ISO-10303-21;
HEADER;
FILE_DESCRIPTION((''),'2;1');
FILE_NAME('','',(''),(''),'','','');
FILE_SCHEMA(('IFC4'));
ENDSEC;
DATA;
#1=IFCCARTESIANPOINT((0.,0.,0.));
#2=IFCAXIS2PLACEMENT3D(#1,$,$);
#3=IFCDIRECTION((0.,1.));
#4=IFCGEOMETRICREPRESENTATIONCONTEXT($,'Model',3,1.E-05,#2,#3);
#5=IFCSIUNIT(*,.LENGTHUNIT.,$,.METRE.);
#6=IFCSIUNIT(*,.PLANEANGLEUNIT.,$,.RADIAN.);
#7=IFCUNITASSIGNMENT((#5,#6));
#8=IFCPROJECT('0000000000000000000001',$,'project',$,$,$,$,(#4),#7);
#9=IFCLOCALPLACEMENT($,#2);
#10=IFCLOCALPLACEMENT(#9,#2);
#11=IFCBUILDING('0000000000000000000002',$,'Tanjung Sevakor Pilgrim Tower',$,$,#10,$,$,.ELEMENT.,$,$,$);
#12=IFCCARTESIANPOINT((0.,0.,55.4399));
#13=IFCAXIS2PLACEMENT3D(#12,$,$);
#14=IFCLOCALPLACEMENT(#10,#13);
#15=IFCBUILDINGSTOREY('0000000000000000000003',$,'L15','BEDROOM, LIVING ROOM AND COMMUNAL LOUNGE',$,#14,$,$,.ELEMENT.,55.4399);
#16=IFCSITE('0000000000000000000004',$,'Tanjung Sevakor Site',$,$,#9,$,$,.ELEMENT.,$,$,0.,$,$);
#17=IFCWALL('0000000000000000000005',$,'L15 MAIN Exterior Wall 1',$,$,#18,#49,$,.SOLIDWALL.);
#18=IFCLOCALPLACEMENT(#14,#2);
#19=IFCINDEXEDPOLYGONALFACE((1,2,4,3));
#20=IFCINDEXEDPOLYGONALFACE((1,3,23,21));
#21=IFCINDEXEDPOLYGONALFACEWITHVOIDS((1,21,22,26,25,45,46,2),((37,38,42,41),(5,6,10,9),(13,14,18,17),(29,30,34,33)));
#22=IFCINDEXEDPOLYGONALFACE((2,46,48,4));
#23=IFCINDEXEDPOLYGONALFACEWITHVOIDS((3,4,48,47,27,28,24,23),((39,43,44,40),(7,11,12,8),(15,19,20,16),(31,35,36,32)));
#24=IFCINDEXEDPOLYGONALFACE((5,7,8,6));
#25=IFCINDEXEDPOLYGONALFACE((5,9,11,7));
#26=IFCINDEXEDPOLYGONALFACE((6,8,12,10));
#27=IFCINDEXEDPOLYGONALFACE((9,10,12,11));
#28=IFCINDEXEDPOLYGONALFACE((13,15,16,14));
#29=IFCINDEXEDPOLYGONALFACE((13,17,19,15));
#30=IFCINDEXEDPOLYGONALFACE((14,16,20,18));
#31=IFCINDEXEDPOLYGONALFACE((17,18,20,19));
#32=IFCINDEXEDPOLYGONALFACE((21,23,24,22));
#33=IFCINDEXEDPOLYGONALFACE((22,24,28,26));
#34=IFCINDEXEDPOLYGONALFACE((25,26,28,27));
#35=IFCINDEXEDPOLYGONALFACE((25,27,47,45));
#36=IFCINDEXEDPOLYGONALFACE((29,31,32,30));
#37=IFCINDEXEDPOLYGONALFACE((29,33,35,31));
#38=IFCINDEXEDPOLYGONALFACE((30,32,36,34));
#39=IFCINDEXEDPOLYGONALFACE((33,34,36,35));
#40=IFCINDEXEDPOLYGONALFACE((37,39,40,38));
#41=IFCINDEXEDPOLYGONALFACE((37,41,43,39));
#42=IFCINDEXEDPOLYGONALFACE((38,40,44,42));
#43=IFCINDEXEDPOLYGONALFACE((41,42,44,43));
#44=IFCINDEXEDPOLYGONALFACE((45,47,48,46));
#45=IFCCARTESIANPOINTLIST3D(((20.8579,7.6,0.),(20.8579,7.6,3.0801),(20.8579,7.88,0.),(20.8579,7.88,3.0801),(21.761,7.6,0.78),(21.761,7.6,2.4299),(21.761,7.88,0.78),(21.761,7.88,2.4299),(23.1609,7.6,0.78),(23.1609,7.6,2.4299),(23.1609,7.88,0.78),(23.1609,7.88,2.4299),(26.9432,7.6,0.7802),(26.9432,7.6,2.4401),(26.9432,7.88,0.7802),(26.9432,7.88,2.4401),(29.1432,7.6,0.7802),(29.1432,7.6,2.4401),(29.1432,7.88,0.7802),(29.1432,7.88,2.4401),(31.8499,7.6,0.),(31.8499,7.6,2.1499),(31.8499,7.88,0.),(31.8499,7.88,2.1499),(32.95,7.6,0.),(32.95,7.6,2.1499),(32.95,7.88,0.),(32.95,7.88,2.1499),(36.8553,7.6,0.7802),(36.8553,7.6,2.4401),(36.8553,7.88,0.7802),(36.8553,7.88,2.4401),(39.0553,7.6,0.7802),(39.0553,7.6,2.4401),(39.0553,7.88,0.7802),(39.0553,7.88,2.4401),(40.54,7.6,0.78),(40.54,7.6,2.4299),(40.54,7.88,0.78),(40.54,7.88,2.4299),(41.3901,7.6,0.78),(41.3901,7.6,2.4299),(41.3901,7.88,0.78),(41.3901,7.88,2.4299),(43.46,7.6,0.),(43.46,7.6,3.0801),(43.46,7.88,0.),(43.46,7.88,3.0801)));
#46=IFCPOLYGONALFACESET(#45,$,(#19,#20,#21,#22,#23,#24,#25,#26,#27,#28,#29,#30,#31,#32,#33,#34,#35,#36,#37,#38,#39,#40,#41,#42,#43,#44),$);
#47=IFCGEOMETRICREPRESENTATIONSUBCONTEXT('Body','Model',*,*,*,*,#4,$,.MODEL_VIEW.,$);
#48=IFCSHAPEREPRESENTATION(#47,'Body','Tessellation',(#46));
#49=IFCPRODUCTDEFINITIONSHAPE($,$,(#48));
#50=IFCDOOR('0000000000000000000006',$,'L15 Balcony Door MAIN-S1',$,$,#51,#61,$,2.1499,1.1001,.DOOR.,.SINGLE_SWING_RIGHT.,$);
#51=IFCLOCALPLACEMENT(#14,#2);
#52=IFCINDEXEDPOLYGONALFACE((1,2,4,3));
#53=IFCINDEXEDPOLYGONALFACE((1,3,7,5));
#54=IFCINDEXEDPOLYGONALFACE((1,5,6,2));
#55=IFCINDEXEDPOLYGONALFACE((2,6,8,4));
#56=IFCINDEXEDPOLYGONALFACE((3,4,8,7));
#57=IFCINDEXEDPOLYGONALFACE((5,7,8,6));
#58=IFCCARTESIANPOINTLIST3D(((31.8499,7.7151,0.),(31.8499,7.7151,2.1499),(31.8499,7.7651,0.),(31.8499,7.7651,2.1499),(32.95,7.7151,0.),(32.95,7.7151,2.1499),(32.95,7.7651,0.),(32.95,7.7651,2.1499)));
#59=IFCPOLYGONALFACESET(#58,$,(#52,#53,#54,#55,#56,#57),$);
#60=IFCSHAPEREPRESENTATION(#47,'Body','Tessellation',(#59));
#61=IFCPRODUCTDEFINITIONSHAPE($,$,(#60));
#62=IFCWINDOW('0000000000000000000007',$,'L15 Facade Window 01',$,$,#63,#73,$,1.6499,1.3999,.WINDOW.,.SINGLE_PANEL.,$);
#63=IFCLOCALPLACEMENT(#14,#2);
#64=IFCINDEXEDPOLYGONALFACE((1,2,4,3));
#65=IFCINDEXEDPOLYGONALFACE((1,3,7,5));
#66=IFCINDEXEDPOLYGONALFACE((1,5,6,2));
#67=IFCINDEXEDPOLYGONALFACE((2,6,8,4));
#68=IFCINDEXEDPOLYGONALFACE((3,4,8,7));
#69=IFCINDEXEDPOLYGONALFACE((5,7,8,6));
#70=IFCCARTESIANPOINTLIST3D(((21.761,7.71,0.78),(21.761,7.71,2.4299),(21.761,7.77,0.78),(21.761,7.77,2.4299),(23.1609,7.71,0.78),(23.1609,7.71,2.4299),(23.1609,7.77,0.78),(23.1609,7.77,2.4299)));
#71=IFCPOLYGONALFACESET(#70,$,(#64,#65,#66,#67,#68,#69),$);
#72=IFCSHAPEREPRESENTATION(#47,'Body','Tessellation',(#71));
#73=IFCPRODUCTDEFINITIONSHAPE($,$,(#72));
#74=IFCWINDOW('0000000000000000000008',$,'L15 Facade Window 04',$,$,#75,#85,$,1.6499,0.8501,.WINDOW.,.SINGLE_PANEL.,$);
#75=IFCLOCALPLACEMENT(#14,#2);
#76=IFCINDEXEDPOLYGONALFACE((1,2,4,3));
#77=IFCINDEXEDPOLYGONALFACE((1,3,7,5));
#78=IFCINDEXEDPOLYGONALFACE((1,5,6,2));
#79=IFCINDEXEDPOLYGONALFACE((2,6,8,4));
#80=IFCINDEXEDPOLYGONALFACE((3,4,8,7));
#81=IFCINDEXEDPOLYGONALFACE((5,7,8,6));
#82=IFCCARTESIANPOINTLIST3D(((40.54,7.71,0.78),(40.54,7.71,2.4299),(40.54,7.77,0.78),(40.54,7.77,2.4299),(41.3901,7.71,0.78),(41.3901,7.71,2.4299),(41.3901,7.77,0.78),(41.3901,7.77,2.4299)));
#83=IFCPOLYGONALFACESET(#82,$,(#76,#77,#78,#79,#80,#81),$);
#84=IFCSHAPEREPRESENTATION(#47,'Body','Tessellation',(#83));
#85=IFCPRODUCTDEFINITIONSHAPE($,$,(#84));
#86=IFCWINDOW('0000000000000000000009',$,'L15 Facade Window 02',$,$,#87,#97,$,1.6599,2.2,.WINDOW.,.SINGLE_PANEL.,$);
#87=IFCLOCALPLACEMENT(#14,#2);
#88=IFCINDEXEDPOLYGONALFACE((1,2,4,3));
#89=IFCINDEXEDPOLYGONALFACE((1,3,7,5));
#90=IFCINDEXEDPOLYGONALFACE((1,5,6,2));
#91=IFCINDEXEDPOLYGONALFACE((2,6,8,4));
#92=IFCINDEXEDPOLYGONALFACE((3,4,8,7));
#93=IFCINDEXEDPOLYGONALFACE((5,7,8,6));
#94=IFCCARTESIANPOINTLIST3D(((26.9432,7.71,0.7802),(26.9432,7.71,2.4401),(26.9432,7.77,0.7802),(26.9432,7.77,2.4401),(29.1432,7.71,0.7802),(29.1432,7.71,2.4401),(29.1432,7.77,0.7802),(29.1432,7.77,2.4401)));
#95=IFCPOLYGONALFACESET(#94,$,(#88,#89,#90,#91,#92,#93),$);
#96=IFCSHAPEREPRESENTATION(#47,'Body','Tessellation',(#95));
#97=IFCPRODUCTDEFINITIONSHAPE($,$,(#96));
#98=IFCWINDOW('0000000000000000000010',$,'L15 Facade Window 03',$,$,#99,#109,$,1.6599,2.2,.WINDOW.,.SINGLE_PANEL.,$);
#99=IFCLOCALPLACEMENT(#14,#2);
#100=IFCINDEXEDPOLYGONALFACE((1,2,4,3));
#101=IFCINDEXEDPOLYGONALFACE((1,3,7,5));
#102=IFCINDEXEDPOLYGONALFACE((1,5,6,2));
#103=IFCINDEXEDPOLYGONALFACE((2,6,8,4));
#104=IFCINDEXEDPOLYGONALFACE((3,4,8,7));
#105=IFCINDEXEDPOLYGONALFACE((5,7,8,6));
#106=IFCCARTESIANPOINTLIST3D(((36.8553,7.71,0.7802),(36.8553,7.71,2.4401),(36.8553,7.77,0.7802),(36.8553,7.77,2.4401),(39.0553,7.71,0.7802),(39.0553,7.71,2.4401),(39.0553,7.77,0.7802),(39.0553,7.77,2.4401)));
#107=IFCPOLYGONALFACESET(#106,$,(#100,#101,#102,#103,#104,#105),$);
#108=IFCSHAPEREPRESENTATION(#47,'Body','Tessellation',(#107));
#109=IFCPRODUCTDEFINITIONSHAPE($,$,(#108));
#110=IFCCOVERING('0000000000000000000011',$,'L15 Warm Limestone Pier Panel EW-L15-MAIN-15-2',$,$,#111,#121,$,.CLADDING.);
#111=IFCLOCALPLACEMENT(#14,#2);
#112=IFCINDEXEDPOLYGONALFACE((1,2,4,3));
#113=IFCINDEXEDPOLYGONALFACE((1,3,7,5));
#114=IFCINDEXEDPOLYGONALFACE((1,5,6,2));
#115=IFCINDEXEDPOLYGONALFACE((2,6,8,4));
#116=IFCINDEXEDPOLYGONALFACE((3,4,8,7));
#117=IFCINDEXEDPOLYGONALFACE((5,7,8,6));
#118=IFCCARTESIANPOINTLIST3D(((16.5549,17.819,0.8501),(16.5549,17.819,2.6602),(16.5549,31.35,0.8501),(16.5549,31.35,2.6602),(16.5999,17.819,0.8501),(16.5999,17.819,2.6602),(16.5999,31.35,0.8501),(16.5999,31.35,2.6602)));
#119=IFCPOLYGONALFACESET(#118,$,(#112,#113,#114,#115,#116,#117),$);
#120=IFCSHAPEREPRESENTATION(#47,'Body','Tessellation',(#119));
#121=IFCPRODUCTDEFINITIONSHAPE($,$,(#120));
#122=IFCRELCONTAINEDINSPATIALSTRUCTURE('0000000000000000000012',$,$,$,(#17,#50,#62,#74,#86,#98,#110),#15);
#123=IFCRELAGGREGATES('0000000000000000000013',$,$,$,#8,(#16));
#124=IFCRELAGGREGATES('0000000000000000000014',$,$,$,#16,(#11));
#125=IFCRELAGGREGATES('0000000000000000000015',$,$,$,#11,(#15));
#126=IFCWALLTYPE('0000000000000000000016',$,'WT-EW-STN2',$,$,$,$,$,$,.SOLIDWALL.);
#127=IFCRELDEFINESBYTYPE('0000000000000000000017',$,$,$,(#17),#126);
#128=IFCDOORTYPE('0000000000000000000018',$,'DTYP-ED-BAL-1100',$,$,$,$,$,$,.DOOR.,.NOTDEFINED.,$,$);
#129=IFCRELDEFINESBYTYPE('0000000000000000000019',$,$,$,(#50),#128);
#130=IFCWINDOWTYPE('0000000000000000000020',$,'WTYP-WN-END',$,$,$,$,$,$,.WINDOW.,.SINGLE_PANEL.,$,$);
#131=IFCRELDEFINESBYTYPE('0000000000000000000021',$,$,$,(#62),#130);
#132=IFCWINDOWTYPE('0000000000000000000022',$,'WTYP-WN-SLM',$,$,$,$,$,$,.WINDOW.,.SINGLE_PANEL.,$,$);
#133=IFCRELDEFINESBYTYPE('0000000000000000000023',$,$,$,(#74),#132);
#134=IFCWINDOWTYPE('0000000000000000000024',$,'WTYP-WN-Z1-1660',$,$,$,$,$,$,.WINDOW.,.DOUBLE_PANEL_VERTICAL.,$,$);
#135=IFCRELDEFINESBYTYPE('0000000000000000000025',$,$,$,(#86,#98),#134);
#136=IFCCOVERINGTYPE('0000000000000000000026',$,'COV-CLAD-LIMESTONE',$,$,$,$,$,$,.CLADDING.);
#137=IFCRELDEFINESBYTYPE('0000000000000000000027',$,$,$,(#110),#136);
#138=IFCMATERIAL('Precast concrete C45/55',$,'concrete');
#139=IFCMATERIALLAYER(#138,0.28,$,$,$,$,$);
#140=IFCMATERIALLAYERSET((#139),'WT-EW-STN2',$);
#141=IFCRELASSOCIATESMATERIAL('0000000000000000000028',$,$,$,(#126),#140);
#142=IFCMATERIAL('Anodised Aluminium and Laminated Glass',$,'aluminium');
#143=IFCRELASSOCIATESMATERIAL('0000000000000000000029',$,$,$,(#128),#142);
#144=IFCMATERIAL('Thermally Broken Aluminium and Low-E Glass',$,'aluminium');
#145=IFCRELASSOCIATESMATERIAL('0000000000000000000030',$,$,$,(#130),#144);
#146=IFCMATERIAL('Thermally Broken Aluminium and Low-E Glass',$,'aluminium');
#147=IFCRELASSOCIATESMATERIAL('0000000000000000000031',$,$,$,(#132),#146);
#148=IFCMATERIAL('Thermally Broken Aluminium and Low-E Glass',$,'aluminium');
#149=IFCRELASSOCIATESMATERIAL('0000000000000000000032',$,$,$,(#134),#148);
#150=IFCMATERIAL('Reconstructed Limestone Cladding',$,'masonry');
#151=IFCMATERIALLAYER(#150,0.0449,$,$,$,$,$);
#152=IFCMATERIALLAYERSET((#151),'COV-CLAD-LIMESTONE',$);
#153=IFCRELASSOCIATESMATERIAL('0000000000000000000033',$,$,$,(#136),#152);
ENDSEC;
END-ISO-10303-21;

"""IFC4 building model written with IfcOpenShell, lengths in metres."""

from ifc_helpers import new_model, si_unit, direction, frame, frame_2d, origin, origin_2d, place, context, subcontext, project, spatial, rectangle, extrude, material, layer, layer_set, type_object, element, fill, save


model = new_model("IFC4")

# Units and contexts
model_context = context("Model", 3, precision=1e-05, world=origin(), true_north=direction((0.0, 1.0)))
body_context = subcontext(model_context, "Body", "Model", "MODEL_VIEW")
ifc_project = project(units=[si_unit("LENGTHUNIT", "METRE"), si_unit("PLANEANGLEUNIT", "RADIAN")], contexts=[model_context])

# Site, building, storey
site_placement = place(None, origin())
site = spatial("IfcSite", under=ifc_project, at=site_placement, Name="Tanjung Sevakor Site", CompositionType="ELEMENT", RefElevation=0.0)
building_placement = place(site_placement, origin())
building = spatial("IfcBuilding", under=site, at=building_placement, Name="Tanjung Sevakor Pilgrim Tower", CompositionType="ELEMENT")
storey_placement = place(building_placement, frame((0.0, 0.0, 55.4399)))
storey = spatial("IfcBuildingStorey", under=building, at=storey_placement, Name="L15", Description="BEDROOM, LIVING ROOM AND COMMUNAL LOUNGE", CompositionType="ELEMENT", Elevation=55.4399)

# Wall, openings, door, windows
ifc_material_1 = material(Name="Precast concrete C45/55", Category="concrete")
ifc_layer_1 = layer(ifc_material_1, 0.28)
ifc_layer_set_1 = layer_set([ifc_layer_1], Name="WT-EW-STN2")
wall_type_1 = type_object("IfcWallType", Name="WT-EW-STN2", PredefinedType="SOLIDWALL", material=ifc_layer_set_1)
wall_1_placement = place(storey_placement, frame((20.8579, 7.74, 0.0), z_axis=(0.0, 0.0, 1.0), x_axis=(1.0, 0.0, 0.0)))
wall_1 = element("IfcWall", 1, at=wall_1_placement, inside=storey, type_object=wall_type_1, Name="L15 MAIN Exterior Wall 1", PredefinedType="SOLIDWALL", context=body_context, shape_type="SweptSolid", body=[
    extrude(rectangle(XDim=22.6021, YDim=0.28, at=frame_2d((11.301, 0.0))), origin(), (0.0, 0.0, 1.0), 3.0801),
])
opening_1_placement = place(wall_1_placement, frame((10.9919, 0.0, 0.0)))
opening_1 = element("IfcOpeningElement", 2, at=opening_1_placement, cuts=wall_1, PredefinedType="OPENING", context=body_context, shape_type="SweptSolid", body=[
    extrude(rectangle(XDim=1.1001, YDim=2.1499, at=frame_2d((0.55, 1.075))), frame((0.0, 0.1499, 0.0), z_axis=(0.0, -1.0, 0.0), x_axis=(1.0, 0.0, 0.0)), (0.0, 0.0, 1.0), 0.3),
])
opening_2_placement = place(wall_1_placement, frame((0.9031, 0.0, 0.78)))
opening_2 = element("IfcOpeningElement", 3, at=opening_2_placement, cuts=wall_1, PredefinedType="OPENING", context=body_context, shape_type="SweptSolid", body=[
    extrude(rectangle(XDim=1.3999, YDim=1.6499, at=frame_2d((0.7, 0.825))), frame((0.0, 0.1499, 0.0), z_axis=(0.0, -1.0, 0.0), x_axis=(1.0, 0.0, 0.0)), (0.0, 0.0, 1.0), 0.3),
])
opening_3_placement = place(wall_1_placement, frame((6.0852, 0.0, 0.78)))
opening_3 = element("IfcOpeningElement", 4, at=opening_3_placement, cuts=wall_1, PredefinedType="OPENING", context=body_context, shape_type="SweptSolid", body=[
    extrude(rectangle(XDim=2.2, YDim=1.6599, at=frame_2d((1.1001, 0.8301))), frame((0.0, 0.1499, 0.0), z_axis=(0.0, -1.0, 0.0), x_axis=(1.0, 0.0, 0.0)), (0.0, 0.0, 1.0), 0.3),
])
opening_4_placement = place(wall_1_placement, frame((15.9973, 0.0, 0.78)))
opening_4 = element("IfcOpeningElement", 5, at=opening_4_placement, cuts=wall_1, PredefinedType="OPENING", context=body_context, shape_type="SweptSolid", body=[
    extrude(rectangle(XDim=2.2, YDim=1.6599, at=frame_2d((1.1001, 0.8301))), frame((0.0, 0.1499, 0.0), z_axis=(0.0, -1.0, 0.0), x_axis=(1.0, 0.0, 0.0)), (0.0, 0.0, 1.0), 0.3),
])
opening_5_placement = place(wall_1_placement, frame((19.6821, 0.0, 0.78)))
opening_5 = element("IfcOpeningElement", 6, at=opening_5_placement, cuts=wall_1, PredefinedType="OPENING", context=body_context, shape_type="SweptSolid", body=[
    extrude(rectangle(XDim=0.8501, YDim=1.6499, at=frame_2d((0.425, 0.825))), frame((0.0, 0.1499, 0.0), z_axis=(0.0, -1.0, 0.0), x_axis=(1.0, 0.0, 0.0)), (0.0, 0.0, 1.0), 0.3),
])
ifc_material_2 = material(Name="Anodised Aluminium and Laminated Glass", Category="aluminium")
door_type_1 = type_object("IfcDoorType", Name="DTYP-ED-BAL-1100", OperationType="NOTDEFINED", PredefinedType="DOOR", material=ifc_material_2)
door_1_placement = place(opening_1_placement, frame((1.1001, 0.0, 0.0), z_axis=(0.0, 0.0, 1.0), x_axis=(-1.0, 0.0, 0.0)))
door_1 = element("IfcDoor", 7, at=door_1_placement, inside=storey, type_object=door_type_1, Name="L15 Balcony Door MAIN-S1", OperationType="SINGLE_SWING_RIGHT", OverallHeight=2.1499, OverallWidth=1.1001, PredefinedType="DOOR", context=body_context, shape_type="SweptSolid", body=[
    extrude(rectangle(XDim=1.1001, YDim=2.1499, at=frame_2d((0.55, 1.075))), frame((0.0, 0.0249, 0.0), z_axis=(0.0, -1.0, 0.0), x_axis=(1.0, 0.0, 0.0)), (0.0, 0.0, 1.0), 0.05),
])
fill(opening_1, door_1)
ifc_material_3 = material(Name="Thermally Broken Aluminium and Low-E Glass", Category="aluminium")
window_type_1 = type_object("IfcWindowType", Name="WTYP-WN-END", PartitioningType="SINGLE_PANEL", PredefinedType="WINDOW", material=ifc_material_3)
window_1_placement = place(opening_2_placement, origin())
window_1 = element("IfcWindow", 8, at=window_1_placement, inside=storey, type_object=window_type_1, Name="L15 Facade Window 01", OverallHeight=1.6499, OverallWidth=1.3999, PartitioningType="SINGLE_PANEL", PredefinedType="WINDOW", context=body_context, shape_type="SweptSolid", body=[
    extrude(rectangle(XDim=1.3999, YDim=1.6499, at=frame_2d((0.7, 0.825))), frame((0.0, 0.03, 0.0), z_axis=(0.0, -1.0, 0.0), x_axis=(1.0, 0.0, 0.0)), (0.0, 0.0, 1.0), 0.0601),
])
fill(opening_2, window_1)
ifc_material_4 = material(Name="Thermally Broken Aluminium and Low-E Glass", Category="aluminium")
window_type_2 = type_object("IfcWindowType", Name="WTYP-WN-SLM", PartitioningType="SINGLE_PANEL", PredefinedType="WINDOW", material=ifc_material_4)
window_2_placement = place(opening_5_placement, origin())
window_2 = element("IfcWindow", 9, at=window_2_placement, inside=storey, type_object=window_type_2, Name="L15 Facade Window 04", OverallHeight=1.6499, OverallWidth=0.8501, PartitioningType="SINGLE_PANEL", PredefinedType="WINDOW", context=body_context, shape_type="SweptSolid", body=[
    extrude(rectangle(XDim=0.8501, YDim=1.6499, at=frame_2d((0.425, 0.825))), frame((0.0, 0.03, 0.0), z_axis=(0.0, -1.0, 0.0), x_axis=(1.0, 0.0, 0.0)), (0.0, 0.0, 1.0), 0.0601),
])
fill(opening_5, window_2)
ifc_material_5 = material(Name="Thermally Broken Aluminium and Low-E Glass", Category="aluminium")
window_type_3 = type_object("IfcWindowType", Name="WTYP-WN-Z1-1660", PartitioningType="DOUBLE_PANEL_VERTICAL", PredefinedType="WINDOW", material=ifc_material_5)
window_3_placement = place(opening_3_placement, origin())
window_3 = element("IfcWindow", 10, at=window_3_placement, inside=storey, type_object=window_type_3, Name="L15 Facade Window 02", OverallHeight=1.6599, OverallWidth=2.2, PartitioningType="SINGLE_PANEL", PredefinedType="WINDOW", context=body_context, shape_type="SweptSolid", body=[
    extrude(rectangle(XDim=2.2, YDim=1.6599, at=frame_2d((1.1001, 0.8301))), frame((0.0, 0.03, 0.0), z_axis=(0.0, -1.0, 0.0), x_axis=(1.0, 0.0, 0.0)), (0.0, 0.0, 1.0), 0.0601),
])
fill(opening_3, window_3)
window_4_placement = place(opening_4_placement, origin())
window_4 = element("IfcWindow", 11, at=window_4_placement, inside=storey, type_object=window_type_3, Name="L15 Facade Window 03", OverallHeight=1.6599, OverallWidth=2.2, PartitioningType="SINGLE_PANEL", PredefinedType="WINDOW", context=body_context, shape_type="SweptSolid", body=[
    extrude(rectangle(XDim=2.2, YDim=1.6599, at=frame_2d((1.1001, 0.8301))), frame((0.0, 0.03, 0.0), z_axis=(0.0, -1.0, 0.0), x_axis=(1.0, 0.0, 0.0)), (0.0, 0.0, 1.0), 0.0601),
])
fill(opening_4, window_4)

# Covering
ifc_material_6 = material(Name="Reconstructed Limestone Cladding", Category="masonry")
ifc_layer_2 = layer(ifc_material_6, 0.0449)
ifc_layer_set_2 = layer_set([ifc_layer_2], Name="COV-CLAD-LIMESTONE")
covering_type = type_object("IfcCoveringType", Name="COV-CLAD-LIMESTONE", PredefinedType="CLADDING", material=ifc_layer_set_2)
covering_placement = place(storey_placement, frame((16.5774, 24.5845, 0.8501), z_axis=(0.0, 0.0, 1.0), x_axis=(0.0, -1.0, 0.0)))
element("IfcCovering", 12, at=covering_placement, inside=storey, type_object=covering_type, Name="L15 Warm Limestone Pier Panel EW-L15-MAIN-15-2", PredefinedType="CLADDING", context=body_context, shape_type="SweptSolid", body=[
    extrude(rectangle(XDim=13.531, YDim=0.0449, at=origin_2d()), origin(), (0.0, 0.0, 1.0), 1.8101),
])

save(model, "model.ifc")
